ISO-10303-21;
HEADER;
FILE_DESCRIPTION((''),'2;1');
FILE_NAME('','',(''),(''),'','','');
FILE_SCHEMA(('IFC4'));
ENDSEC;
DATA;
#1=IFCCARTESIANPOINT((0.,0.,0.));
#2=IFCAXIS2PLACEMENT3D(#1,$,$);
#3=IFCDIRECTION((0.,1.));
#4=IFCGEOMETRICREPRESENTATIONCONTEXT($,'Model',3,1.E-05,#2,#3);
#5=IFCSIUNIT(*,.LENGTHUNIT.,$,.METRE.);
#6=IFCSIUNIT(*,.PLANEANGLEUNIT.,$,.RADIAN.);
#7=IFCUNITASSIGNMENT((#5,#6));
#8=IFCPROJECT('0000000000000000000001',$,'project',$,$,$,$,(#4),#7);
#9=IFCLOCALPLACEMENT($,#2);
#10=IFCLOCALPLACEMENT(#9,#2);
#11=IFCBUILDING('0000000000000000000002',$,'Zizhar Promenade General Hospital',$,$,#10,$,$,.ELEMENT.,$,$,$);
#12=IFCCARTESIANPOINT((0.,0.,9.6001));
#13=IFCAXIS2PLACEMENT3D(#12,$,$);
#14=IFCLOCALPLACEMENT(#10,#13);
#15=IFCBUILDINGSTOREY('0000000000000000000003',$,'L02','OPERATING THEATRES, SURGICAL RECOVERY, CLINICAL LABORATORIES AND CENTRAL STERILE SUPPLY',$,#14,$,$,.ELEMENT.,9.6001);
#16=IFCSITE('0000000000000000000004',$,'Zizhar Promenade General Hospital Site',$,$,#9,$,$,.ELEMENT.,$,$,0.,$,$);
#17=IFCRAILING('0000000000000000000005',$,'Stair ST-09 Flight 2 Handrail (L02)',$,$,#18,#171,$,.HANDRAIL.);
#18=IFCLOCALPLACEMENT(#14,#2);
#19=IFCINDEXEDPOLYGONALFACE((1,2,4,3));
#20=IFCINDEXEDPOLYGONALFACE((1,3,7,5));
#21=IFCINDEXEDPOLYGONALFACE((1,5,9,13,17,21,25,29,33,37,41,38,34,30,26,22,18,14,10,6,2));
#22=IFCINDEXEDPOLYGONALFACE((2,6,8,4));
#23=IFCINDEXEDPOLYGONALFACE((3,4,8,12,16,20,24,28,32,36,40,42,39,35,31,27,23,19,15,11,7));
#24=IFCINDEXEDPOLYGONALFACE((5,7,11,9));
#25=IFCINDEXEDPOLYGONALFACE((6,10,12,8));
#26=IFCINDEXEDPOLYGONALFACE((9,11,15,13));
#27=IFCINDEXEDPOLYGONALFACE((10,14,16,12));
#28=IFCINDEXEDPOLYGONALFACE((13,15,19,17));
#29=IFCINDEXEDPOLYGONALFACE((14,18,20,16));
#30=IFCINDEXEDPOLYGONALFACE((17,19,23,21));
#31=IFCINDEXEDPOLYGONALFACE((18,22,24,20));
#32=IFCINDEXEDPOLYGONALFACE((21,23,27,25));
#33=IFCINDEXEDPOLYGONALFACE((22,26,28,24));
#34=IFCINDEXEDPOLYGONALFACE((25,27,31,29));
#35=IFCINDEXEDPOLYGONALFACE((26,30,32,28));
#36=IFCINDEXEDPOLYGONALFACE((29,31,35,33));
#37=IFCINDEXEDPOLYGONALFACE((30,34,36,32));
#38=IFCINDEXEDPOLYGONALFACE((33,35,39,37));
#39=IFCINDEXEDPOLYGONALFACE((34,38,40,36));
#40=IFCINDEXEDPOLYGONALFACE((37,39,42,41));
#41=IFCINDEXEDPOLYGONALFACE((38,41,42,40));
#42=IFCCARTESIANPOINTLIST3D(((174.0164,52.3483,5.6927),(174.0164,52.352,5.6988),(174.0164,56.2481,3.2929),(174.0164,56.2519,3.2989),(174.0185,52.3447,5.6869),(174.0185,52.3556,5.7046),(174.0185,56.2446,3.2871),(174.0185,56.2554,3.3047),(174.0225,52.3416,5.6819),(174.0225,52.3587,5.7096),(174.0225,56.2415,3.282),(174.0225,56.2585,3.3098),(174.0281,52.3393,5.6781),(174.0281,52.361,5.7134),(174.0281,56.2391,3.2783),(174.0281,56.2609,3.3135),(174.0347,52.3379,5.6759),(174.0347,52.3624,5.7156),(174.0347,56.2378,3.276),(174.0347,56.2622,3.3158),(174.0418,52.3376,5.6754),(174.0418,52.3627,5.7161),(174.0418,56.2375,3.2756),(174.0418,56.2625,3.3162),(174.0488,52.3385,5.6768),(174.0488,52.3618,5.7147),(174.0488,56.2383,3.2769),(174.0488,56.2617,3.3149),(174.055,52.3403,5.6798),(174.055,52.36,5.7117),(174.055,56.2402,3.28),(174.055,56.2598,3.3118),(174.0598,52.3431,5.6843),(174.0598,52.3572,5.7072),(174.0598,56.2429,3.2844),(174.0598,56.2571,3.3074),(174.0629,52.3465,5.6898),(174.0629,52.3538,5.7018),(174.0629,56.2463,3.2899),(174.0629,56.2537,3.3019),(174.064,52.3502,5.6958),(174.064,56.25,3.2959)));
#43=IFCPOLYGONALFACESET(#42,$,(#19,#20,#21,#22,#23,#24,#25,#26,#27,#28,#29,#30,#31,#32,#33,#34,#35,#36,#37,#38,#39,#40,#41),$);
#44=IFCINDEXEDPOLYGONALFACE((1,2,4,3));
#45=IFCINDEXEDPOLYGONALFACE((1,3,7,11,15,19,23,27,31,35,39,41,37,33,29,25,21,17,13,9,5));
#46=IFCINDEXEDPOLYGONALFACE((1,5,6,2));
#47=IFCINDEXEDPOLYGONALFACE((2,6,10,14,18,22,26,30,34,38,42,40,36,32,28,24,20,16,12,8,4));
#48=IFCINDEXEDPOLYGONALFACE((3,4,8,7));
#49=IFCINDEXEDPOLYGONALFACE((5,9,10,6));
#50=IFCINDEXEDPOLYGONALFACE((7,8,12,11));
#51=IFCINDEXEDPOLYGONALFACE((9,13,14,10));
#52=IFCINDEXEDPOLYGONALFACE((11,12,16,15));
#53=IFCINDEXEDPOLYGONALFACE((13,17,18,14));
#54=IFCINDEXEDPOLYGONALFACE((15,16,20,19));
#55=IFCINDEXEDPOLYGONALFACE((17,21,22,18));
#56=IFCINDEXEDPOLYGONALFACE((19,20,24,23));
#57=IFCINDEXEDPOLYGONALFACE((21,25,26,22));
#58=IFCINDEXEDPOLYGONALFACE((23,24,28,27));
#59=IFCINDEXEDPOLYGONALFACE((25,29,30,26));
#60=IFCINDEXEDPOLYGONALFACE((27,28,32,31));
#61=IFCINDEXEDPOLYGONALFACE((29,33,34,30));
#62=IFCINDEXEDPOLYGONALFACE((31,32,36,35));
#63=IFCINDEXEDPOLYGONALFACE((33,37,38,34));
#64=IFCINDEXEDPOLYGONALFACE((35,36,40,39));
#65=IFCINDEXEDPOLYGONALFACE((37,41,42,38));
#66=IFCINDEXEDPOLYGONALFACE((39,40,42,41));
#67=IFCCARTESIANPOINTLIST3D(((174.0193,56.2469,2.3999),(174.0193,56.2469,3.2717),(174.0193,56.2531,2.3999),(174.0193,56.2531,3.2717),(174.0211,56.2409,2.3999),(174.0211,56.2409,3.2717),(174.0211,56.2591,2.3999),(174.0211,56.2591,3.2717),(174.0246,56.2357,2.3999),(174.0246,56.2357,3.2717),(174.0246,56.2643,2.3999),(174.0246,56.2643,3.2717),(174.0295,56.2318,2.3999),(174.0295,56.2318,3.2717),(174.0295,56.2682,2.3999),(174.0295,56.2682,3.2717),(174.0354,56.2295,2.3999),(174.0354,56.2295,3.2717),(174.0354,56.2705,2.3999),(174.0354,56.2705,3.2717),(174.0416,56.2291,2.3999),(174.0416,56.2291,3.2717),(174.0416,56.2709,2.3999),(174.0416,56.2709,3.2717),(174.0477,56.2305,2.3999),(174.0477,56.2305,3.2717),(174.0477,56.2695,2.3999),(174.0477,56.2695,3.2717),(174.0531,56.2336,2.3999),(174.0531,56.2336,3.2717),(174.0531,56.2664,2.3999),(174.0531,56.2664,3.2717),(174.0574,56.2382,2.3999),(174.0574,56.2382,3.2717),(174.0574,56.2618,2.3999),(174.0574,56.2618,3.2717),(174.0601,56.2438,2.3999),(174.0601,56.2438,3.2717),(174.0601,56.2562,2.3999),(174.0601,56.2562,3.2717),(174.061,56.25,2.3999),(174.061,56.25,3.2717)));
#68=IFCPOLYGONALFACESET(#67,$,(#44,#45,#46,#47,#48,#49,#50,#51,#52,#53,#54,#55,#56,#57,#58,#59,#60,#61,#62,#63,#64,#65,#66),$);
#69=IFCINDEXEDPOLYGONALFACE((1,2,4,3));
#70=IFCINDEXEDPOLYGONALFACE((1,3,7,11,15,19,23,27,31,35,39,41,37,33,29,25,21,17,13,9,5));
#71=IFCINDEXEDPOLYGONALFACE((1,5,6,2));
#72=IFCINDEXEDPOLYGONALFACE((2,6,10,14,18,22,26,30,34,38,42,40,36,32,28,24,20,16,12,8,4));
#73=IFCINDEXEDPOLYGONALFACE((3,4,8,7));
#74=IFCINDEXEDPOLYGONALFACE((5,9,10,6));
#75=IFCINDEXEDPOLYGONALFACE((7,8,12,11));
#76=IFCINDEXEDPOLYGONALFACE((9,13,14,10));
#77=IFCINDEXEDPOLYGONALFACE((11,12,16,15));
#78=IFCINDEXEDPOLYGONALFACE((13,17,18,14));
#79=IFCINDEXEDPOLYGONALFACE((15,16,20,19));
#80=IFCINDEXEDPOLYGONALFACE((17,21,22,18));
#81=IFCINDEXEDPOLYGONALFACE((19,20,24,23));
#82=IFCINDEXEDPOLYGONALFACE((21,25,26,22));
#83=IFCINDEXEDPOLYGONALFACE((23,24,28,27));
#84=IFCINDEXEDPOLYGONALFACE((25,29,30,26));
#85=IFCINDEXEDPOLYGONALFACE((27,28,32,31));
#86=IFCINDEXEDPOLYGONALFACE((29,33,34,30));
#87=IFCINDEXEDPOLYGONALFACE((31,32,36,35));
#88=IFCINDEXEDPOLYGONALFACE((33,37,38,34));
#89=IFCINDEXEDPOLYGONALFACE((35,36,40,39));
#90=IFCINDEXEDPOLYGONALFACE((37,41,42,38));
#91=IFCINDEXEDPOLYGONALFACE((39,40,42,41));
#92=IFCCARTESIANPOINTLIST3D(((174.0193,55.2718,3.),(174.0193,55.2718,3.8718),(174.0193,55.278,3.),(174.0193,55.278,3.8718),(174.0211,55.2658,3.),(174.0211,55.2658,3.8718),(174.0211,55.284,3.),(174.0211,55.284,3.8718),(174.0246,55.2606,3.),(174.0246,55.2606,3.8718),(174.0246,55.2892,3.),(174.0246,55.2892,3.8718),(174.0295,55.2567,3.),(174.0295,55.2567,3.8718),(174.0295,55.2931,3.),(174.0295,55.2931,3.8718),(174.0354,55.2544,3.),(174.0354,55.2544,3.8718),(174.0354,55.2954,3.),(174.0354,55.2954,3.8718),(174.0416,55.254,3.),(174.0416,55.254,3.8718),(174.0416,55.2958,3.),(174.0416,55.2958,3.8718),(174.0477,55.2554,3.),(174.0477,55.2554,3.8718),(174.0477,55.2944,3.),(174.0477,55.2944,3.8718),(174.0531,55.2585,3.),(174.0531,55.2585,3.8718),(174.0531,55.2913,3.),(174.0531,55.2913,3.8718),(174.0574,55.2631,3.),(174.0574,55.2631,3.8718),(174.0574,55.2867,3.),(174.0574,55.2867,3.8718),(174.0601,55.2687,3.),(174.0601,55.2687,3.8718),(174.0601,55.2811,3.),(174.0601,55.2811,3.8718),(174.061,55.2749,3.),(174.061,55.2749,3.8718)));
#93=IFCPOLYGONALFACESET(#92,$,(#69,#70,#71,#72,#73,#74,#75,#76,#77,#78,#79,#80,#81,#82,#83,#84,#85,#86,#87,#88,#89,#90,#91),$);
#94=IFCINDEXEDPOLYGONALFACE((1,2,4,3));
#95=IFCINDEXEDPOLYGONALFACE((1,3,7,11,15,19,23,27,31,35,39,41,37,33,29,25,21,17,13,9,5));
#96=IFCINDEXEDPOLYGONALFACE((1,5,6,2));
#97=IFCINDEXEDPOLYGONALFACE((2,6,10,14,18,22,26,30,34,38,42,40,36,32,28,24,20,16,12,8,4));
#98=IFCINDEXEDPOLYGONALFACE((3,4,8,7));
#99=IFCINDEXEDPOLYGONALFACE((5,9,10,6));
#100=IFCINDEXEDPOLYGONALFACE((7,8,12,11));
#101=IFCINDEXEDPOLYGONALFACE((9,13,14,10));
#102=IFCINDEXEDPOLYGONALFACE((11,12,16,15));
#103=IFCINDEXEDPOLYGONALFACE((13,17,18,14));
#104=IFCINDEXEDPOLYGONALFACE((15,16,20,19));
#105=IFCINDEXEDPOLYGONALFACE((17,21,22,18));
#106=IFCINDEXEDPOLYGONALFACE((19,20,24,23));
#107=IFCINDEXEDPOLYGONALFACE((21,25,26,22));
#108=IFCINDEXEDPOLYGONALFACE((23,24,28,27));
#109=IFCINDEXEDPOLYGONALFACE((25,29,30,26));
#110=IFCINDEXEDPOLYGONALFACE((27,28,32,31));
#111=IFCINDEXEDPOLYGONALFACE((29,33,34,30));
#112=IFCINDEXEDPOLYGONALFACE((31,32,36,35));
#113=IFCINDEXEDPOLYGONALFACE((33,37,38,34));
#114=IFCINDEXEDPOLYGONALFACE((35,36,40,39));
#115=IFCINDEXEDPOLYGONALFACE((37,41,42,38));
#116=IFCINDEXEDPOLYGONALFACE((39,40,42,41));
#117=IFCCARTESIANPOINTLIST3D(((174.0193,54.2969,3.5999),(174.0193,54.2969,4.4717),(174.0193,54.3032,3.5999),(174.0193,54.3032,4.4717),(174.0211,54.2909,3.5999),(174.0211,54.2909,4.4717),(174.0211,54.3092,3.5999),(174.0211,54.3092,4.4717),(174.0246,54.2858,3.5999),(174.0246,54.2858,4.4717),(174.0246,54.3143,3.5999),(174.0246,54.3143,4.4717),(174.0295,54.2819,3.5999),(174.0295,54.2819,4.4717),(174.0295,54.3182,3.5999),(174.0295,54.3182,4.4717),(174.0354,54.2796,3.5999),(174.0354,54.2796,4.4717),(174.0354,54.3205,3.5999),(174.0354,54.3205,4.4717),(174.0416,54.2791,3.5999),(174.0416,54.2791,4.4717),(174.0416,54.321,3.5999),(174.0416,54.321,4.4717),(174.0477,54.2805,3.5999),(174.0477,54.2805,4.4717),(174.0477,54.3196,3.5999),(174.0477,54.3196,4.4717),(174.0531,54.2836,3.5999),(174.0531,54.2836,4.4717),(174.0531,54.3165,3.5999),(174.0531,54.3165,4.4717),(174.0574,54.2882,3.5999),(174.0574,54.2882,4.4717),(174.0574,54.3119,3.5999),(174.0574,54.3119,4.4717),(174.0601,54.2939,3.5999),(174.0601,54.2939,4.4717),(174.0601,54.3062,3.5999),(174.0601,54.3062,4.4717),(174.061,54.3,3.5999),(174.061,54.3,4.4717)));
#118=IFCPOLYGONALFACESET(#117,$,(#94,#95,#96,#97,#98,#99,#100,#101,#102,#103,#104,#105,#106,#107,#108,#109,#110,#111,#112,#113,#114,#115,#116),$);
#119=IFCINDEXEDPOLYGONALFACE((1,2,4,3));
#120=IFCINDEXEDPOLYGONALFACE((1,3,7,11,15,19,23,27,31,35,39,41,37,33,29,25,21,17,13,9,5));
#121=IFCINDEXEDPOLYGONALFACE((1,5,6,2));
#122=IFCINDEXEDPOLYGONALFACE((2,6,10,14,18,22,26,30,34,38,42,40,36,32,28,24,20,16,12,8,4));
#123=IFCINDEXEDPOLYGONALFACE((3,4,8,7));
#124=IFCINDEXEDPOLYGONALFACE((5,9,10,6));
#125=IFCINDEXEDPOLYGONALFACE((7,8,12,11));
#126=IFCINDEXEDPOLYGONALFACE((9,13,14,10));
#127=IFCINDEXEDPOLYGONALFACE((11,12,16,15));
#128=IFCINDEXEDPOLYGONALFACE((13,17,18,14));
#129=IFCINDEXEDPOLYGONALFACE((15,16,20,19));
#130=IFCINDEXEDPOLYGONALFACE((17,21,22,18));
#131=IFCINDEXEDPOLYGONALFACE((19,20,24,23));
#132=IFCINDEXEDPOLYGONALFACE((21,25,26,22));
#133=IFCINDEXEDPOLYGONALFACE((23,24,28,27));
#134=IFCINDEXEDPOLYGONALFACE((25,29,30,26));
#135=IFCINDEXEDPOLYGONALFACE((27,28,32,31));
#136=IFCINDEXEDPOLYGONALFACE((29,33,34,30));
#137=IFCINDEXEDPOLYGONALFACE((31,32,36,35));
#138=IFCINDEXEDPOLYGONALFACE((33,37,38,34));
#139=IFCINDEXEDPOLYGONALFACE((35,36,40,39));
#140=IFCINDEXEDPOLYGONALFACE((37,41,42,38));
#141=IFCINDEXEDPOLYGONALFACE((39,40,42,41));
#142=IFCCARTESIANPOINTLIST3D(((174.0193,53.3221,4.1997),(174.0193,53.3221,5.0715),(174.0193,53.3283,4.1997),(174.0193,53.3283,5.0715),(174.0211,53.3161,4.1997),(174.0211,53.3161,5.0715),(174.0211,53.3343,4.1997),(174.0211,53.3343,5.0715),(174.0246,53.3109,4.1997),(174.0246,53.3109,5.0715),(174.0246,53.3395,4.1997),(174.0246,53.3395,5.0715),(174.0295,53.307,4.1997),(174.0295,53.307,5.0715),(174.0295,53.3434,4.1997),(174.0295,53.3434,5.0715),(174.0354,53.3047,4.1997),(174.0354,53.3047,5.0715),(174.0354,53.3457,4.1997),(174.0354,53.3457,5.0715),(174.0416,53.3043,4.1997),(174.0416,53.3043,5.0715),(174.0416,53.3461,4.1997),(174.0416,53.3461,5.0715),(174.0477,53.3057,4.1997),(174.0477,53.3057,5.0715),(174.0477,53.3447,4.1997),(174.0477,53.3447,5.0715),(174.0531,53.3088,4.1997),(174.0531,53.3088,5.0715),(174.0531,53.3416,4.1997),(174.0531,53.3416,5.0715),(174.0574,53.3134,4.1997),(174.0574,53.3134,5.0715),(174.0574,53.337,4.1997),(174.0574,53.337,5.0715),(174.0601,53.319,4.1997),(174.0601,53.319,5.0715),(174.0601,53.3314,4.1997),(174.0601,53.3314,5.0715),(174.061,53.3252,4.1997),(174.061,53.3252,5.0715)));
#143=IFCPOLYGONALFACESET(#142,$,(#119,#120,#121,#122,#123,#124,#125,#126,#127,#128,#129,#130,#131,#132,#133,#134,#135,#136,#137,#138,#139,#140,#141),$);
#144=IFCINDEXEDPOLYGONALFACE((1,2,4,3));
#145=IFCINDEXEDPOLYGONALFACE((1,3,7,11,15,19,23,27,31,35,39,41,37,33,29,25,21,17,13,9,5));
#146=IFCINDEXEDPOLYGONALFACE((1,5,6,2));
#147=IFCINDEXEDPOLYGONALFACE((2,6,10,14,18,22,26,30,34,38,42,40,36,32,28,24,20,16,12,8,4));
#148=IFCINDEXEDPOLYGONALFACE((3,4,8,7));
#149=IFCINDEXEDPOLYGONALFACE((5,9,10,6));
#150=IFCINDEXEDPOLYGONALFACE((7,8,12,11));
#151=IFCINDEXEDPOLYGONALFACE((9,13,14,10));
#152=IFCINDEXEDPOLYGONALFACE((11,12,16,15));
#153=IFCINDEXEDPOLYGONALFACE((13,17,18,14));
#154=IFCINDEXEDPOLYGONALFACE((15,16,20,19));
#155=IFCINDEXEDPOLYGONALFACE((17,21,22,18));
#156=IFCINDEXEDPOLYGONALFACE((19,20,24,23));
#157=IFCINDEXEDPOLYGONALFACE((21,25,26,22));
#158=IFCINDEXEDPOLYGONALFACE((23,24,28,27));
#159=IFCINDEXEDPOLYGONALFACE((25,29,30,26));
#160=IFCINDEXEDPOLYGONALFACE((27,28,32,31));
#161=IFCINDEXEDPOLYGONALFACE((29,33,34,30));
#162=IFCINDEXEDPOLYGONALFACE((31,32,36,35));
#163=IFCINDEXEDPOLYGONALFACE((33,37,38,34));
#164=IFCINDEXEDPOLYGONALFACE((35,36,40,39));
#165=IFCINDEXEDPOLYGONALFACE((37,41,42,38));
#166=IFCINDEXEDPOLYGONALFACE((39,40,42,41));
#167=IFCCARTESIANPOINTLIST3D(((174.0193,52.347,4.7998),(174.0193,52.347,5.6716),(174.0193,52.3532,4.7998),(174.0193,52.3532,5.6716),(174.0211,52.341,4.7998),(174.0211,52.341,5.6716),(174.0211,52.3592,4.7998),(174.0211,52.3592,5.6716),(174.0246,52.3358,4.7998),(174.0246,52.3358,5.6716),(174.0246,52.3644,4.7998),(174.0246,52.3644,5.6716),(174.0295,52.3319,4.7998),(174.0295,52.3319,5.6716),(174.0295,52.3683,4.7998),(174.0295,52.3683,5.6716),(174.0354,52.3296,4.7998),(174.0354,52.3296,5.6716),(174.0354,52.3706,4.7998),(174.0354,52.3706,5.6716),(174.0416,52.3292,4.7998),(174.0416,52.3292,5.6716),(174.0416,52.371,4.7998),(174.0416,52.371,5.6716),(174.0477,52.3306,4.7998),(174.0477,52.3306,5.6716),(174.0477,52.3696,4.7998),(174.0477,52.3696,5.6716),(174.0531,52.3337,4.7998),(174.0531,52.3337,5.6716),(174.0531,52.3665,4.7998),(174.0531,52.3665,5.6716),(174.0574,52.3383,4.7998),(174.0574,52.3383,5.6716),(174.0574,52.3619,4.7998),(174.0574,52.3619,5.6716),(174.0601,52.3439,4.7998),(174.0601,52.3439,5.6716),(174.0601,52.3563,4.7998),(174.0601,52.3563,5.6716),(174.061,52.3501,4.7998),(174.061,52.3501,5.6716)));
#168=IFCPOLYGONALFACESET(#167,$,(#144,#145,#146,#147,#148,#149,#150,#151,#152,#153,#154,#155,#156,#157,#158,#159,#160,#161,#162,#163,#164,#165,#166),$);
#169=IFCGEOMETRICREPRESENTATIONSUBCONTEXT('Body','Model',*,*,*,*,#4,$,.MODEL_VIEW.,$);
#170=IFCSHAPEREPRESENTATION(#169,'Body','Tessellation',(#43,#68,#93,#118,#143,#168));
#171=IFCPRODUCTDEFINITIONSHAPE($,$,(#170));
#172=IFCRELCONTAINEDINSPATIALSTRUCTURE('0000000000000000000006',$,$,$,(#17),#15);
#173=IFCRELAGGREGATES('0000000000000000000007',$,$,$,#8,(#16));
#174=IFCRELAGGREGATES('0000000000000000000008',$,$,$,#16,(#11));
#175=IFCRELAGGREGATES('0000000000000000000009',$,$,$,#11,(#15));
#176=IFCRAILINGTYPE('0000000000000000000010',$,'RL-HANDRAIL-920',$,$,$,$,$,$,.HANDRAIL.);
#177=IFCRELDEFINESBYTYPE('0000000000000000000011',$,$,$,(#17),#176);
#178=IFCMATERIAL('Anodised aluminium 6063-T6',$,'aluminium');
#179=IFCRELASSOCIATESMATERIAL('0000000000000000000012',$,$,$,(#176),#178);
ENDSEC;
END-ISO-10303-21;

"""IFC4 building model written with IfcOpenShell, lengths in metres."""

from ifc_helpers import new_model, si_unit, direction, frame, origin, origin_2d, place, context, subcontext, project, spatial, circle, hollow_circle, extrude, material, material_profile, profile_set, type_object, element, save


model = new_model("IFC4")

# Units and contexts
model_context = context("Model", 3, precision=1e-05, world=origin(), true_north=direction((0.0, 1.0)))
body_context = subcontext(model_context, "Body", "Model", "MODEL_VIEW")
ifc_project = project(units=[si_unit("LENGTHUNIT", "METRE"), si_unit("PLANEANGLEUNIT", "RADIAN")], contexts=[model_context])

# Site, building, storey
site_placement = place(None, origin())
site = spatial("IfcSite", under=ifc_project, at=site_placement, Name="Zizhar Promenade General Hospital Site", CompositionType="ELEMENT", RefElevation=0.0)
building_placement = place(site_placement, origin())
building = spatial("IfcBuilding", under=site, at=building_placement, Name="Zizhar Promenade General Hospital", CompositionType="ELEMENT")
storey_placement = place(building_placement, frame((0.0, 0.0, 9.6001)))
storey = spatial("IfcBuildingStorey", under=building, at=storey_placement, Name="L02", Description="OPERATING THEATRES, SURGICAL RECOVERY, CLINICAL LABORATORIES AND CENTRAL STERILE SUPPLY", CompositionType="ELEMENT", Elevation=9.6001)

# Railing
ifc_material_1 = material(Name="Anodised aluminium 6063-T6", Category="aluminium")
ifc_material_profile_1 = material_profile(ifc_material_1, hollow_circle(Radius=0.0698, WallThickness=0.0063, at=origin_2d()))
ifc_profile_set_1 = profile_set([ifc_material_profile_1], Name="Anodised aluminium 6063-T6")
railing_type_1 = type_object("IfcRailingType", Name="RL-HANDRAIL-920", PredefinedType="HANDRAIL", material=ifc_profile_set_1)
railing_1_placement = place(storey_placement, frame((174.04, 56.25, 2.3999)))
element("IfcRailing", 1, at=railing_1_placement, inside=storey, type_object=railing_type_1, Name="Stair ST-09 Flight 2 Handrail (L02)", PredefinedType="HANDRAIL", context=body_context, shape_type="SweptSolid", body=[
    extrude(circle(Radius=0.0239, at=origin_2d()), frame((0.0, 0.0, 0.896), z_axis=(0.0, -0.851662, 0.524091), x_axis=(1.0, 0.0, 0.0)), (0.0, 0.0, 1.0), 4.5791),
    extrude(circle(Radius=0.021, at=origin_2d()), origin(), (0.0, 0.0, 1.0), 0.8718),
    extrude(circle(Radius=0.021, at=origin_2d()), frame((0.0, -0.9751, 0.6001)), (0.0, 0.0, 1.0), 0.8718),
    extrude(circle(Radius=0.021, at=origin_2d()), frame((0.0, -1.95, 1.2)), (0.0, 0.0, 1.0), 0.8718),
    extrude(circle(Radius=0.021, at=origin_2d()), frame((0.0, -2.9248, 1.7998)), (0.0, 0.0, 1.0), 0.8718),
    extrude(circle(Radius=0.021, at=origin_2d()), frame((0.0, -3.8999, 2.3999)), (0.0, 0.0, 1.0), 0.8718),
])

save(model, "model.ifc")
